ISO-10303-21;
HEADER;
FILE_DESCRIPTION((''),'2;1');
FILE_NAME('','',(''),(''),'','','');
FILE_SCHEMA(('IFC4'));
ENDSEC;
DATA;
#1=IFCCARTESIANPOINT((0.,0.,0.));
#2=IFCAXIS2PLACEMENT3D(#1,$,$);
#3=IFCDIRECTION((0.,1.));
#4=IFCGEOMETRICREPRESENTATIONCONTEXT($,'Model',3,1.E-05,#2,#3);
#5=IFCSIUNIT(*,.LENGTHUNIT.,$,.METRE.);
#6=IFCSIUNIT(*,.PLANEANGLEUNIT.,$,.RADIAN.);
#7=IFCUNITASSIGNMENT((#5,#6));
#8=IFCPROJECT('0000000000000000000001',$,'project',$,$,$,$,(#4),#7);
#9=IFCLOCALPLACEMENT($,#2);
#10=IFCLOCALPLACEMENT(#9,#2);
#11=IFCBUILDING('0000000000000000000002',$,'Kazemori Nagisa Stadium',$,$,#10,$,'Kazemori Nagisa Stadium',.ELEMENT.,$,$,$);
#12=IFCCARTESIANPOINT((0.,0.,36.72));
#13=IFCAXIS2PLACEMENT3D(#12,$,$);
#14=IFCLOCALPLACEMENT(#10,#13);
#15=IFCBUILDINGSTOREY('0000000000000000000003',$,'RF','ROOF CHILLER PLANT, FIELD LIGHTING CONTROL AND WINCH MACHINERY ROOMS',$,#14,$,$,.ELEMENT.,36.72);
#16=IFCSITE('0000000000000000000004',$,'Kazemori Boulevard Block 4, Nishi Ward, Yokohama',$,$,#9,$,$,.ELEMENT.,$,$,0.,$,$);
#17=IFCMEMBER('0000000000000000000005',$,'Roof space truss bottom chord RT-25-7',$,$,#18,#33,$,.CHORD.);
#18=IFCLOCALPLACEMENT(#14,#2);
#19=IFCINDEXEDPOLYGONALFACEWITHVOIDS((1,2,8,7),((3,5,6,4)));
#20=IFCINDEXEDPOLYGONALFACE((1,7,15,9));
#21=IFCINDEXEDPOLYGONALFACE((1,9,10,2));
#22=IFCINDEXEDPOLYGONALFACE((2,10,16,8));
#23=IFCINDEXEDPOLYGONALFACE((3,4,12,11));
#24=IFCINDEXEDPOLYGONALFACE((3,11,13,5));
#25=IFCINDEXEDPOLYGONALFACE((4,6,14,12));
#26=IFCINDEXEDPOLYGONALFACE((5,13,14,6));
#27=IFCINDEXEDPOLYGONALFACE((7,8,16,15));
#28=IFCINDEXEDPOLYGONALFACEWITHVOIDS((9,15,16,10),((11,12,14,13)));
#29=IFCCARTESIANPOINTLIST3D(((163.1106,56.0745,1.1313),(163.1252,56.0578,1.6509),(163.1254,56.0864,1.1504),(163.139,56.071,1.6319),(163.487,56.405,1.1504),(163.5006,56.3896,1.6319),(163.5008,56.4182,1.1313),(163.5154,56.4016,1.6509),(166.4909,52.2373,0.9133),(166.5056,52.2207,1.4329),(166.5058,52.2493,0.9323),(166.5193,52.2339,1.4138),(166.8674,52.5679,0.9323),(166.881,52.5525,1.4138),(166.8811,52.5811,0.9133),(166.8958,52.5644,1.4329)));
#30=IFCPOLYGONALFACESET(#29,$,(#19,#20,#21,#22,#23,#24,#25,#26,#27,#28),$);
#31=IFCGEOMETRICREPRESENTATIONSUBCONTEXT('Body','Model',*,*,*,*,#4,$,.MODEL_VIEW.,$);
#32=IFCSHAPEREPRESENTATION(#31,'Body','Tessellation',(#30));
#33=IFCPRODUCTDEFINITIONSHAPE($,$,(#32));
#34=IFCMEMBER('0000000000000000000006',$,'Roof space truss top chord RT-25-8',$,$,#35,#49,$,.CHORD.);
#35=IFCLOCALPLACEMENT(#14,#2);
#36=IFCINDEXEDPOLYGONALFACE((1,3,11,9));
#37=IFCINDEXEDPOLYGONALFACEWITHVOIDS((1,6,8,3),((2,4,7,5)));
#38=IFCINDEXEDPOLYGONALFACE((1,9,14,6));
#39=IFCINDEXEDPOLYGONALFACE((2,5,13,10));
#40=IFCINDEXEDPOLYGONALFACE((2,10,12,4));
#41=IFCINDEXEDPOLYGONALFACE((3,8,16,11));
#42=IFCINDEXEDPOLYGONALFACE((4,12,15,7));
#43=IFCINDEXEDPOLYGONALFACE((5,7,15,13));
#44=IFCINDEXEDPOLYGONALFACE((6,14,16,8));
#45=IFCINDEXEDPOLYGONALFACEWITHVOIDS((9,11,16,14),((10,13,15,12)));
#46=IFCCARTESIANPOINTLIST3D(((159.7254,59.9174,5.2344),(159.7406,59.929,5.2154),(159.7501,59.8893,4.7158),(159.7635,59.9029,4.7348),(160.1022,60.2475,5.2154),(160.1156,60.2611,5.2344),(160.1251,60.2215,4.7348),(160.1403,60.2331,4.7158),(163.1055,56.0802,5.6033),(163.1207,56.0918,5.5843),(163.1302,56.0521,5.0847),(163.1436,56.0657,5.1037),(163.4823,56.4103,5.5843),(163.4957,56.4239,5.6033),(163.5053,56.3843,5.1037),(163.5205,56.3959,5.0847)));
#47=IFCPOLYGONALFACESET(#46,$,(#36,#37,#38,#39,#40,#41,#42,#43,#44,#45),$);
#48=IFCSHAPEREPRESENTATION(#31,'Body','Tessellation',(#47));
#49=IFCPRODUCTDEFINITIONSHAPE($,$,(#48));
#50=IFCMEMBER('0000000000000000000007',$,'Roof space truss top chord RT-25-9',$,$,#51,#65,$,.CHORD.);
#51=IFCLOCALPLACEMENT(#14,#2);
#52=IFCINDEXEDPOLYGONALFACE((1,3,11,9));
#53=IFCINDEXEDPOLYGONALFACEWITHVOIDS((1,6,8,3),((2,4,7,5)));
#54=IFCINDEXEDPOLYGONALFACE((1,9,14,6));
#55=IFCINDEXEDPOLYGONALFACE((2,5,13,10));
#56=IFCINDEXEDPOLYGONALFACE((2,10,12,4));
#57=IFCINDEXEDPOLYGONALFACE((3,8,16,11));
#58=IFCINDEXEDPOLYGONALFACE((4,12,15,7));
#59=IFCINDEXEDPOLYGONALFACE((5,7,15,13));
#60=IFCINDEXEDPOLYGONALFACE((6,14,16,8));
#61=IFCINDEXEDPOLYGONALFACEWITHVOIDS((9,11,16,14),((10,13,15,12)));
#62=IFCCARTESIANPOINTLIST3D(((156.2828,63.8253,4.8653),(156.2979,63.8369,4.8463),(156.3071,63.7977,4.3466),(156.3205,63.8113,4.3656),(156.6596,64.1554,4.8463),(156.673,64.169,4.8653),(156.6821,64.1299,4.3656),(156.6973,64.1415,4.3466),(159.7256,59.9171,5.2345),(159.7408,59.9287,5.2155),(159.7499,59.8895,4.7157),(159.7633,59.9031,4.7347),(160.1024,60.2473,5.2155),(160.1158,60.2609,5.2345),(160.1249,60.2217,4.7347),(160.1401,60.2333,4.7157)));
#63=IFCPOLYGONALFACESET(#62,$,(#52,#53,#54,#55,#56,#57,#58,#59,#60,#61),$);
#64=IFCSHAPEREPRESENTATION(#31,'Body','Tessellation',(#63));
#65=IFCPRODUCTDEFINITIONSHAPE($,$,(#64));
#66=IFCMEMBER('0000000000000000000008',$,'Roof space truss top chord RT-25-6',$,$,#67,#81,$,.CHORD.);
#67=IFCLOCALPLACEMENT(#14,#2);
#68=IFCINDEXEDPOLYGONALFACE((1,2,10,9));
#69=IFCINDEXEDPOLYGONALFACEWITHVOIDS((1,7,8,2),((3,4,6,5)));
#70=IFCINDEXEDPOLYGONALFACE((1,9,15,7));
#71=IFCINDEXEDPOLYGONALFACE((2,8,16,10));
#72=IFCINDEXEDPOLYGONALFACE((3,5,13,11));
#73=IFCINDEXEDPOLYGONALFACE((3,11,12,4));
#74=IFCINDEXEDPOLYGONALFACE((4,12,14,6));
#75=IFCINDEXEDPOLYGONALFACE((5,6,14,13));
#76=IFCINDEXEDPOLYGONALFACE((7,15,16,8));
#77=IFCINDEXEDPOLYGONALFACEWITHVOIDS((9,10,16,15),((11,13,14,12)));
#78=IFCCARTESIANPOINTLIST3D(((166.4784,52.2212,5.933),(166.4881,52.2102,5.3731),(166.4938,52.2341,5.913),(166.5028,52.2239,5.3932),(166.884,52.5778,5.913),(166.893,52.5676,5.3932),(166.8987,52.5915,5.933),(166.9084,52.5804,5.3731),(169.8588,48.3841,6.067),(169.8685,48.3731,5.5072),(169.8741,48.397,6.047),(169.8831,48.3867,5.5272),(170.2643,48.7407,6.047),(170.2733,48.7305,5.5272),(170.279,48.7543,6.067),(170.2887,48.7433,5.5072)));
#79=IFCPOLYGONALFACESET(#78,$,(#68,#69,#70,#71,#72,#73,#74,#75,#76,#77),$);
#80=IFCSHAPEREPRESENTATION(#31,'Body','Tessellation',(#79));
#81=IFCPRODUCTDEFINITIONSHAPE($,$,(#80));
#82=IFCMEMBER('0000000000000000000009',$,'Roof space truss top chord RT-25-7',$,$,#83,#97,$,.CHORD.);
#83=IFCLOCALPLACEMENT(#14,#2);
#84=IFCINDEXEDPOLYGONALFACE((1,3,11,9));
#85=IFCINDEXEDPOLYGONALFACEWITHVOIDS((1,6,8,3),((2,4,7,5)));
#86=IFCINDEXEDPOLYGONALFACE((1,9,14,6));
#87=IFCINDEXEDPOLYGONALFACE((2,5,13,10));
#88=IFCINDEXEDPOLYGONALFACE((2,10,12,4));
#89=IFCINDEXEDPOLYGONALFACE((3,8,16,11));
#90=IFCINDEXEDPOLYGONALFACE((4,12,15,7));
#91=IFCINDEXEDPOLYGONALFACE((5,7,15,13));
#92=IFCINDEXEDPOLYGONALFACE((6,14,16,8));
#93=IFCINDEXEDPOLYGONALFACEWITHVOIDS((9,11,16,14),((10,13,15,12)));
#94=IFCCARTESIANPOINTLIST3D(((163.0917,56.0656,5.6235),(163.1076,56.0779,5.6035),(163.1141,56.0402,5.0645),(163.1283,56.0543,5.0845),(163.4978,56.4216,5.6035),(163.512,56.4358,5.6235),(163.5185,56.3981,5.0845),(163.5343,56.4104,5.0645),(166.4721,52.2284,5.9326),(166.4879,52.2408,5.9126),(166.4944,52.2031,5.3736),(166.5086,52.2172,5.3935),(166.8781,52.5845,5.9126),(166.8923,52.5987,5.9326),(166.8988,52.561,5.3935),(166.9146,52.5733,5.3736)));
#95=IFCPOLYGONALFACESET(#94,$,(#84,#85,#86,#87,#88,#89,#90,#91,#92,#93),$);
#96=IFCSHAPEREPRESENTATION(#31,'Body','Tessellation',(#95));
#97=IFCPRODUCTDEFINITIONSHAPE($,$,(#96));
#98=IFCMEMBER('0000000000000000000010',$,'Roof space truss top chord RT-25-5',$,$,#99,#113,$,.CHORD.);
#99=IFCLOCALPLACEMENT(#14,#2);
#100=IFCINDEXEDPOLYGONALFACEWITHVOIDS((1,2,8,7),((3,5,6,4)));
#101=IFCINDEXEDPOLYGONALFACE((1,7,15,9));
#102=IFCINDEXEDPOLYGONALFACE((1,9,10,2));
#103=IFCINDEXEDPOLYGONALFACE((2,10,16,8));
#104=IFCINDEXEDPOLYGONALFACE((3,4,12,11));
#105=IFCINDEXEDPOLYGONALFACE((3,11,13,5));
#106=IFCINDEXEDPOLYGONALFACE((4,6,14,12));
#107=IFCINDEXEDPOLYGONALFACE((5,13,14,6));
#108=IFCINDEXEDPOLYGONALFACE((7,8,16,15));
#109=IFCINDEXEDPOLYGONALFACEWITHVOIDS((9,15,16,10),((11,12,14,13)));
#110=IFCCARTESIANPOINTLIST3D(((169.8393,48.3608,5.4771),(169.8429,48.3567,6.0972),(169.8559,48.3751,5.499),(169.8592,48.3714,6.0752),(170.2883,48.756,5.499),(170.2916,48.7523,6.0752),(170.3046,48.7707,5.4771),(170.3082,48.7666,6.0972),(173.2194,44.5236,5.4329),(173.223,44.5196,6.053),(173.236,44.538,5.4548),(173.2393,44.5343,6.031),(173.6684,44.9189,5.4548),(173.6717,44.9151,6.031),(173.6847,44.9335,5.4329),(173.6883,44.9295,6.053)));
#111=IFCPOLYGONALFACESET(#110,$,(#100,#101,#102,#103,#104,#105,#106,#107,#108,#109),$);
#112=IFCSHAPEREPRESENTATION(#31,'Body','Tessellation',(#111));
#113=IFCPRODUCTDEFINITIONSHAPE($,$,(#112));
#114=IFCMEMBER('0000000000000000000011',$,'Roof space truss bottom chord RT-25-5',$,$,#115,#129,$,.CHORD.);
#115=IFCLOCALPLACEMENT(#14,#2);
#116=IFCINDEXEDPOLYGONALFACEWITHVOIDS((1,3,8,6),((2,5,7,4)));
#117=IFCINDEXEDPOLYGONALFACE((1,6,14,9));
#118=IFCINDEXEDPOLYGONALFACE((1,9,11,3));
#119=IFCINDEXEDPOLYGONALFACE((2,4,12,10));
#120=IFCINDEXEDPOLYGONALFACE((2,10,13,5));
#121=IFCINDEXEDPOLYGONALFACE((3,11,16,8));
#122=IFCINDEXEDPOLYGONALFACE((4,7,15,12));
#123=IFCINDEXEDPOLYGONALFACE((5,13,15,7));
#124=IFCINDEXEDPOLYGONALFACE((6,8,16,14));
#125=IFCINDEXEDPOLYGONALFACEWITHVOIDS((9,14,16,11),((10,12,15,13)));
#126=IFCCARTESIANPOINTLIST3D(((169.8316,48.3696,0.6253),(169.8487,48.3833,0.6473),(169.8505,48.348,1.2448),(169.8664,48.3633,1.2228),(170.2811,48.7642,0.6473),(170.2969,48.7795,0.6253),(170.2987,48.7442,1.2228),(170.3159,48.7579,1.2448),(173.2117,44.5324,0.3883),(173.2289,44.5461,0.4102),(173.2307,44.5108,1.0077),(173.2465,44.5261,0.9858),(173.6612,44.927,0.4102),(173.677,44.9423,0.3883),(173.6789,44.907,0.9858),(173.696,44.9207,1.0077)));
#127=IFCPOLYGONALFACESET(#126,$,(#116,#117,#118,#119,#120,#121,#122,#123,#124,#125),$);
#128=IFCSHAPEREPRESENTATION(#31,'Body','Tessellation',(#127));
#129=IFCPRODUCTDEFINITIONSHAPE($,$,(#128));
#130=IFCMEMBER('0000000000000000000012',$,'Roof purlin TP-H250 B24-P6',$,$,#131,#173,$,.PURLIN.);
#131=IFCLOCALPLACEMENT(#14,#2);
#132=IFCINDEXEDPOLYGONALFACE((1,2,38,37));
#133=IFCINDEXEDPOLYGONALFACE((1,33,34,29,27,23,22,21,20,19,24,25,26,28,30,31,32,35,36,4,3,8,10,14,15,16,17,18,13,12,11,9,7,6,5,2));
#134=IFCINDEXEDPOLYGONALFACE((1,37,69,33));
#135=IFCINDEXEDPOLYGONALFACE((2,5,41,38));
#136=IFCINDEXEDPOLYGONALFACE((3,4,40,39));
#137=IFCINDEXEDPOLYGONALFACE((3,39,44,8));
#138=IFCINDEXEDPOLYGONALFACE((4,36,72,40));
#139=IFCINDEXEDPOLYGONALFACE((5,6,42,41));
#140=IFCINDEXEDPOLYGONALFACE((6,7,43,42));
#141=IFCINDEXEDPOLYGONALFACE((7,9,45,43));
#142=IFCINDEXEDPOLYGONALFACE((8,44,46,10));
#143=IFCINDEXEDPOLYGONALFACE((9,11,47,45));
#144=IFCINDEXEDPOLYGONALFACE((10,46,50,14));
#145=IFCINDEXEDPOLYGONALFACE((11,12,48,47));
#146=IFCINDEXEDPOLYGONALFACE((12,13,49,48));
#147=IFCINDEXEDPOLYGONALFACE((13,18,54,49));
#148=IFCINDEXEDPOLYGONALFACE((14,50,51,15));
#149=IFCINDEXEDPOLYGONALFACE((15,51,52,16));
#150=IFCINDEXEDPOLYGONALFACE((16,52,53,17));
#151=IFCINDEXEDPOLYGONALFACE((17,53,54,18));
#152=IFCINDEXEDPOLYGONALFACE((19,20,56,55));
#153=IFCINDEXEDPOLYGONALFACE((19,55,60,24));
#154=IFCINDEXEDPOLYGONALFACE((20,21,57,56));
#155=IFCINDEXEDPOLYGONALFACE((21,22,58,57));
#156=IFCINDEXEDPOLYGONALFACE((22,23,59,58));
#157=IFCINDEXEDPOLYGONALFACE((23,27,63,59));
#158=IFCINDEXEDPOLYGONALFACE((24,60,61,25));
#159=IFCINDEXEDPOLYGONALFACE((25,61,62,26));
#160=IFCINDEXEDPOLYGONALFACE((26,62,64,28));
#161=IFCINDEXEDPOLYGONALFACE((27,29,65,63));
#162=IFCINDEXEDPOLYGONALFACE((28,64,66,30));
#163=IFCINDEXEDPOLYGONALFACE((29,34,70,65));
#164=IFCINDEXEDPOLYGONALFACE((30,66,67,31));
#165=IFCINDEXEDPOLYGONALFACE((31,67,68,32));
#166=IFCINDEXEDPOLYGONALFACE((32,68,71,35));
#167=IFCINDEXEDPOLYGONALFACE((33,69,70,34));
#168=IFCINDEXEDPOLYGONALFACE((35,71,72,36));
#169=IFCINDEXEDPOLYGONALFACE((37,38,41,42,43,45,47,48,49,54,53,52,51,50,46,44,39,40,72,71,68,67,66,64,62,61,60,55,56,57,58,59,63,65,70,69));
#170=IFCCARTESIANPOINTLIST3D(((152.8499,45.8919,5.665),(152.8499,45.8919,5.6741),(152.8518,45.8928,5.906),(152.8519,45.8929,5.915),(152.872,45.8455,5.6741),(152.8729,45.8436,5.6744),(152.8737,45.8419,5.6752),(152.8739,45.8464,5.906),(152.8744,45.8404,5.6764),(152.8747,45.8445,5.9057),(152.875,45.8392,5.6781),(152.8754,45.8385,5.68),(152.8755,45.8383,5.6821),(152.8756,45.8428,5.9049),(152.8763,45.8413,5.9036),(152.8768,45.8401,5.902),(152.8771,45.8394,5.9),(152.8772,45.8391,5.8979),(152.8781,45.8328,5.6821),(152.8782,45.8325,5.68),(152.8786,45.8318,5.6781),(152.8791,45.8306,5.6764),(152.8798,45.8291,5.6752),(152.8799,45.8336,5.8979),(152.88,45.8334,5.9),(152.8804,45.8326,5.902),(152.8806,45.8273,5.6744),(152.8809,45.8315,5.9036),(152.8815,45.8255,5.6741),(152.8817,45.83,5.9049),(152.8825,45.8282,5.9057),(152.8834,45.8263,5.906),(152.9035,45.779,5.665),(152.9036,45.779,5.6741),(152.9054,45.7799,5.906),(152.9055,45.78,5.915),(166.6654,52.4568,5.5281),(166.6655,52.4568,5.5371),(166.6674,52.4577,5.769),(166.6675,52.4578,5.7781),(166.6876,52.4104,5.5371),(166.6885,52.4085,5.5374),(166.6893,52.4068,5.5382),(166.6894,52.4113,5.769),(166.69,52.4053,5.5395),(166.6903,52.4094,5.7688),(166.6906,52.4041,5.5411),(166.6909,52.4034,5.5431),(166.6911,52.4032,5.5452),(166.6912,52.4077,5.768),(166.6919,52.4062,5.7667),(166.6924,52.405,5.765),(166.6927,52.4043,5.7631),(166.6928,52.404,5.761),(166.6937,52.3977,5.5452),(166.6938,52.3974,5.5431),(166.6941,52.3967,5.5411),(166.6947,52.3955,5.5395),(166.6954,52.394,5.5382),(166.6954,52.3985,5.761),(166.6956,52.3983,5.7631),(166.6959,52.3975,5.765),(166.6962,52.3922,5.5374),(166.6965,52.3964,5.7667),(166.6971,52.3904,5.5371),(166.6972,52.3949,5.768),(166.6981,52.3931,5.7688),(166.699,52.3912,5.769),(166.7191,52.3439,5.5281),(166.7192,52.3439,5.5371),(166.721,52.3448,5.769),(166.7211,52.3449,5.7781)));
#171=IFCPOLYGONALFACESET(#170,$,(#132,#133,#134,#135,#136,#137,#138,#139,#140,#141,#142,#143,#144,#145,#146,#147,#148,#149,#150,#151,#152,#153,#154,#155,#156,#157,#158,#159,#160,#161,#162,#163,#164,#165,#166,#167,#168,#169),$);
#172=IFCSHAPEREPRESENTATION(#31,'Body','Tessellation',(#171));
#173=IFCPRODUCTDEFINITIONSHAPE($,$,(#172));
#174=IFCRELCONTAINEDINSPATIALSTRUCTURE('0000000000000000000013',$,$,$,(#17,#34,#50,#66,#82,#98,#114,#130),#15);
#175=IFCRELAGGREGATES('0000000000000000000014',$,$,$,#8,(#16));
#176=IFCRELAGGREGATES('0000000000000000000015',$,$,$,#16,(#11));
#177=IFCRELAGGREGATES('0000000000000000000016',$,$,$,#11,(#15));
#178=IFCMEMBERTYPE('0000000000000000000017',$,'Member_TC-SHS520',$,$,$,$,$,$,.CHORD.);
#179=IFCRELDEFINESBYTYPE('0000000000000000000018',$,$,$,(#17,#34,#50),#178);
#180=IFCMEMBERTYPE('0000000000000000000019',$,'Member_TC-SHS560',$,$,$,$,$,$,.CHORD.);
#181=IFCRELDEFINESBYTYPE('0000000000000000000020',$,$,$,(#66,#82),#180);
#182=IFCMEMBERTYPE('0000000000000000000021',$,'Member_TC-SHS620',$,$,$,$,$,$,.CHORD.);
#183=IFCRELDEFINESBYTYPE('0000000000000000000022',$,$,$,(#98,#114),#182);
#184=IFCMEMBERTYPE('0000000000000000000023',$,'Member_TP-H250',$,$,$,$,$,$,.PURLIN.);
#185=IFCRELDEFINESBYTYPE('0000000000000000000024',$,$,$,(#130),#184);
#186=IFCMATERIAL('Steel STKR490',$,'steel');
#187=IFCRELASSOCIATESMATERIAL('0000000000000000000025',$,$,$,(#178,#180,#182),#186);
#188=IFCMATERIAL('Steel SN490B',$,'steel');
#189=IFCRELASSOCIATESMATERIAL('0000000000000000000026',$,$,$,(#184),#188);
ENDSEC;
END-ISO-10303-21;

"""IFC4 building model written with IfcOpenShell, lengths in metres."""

from ifc_helpers import new_model, si_unit, direction, frame, origin, origin_2d, place, context, subcontext, project, spatial, hollow_rectangle, i_section, extrude, material, material_profile, profile_set, type_object, element, save


model = new_model("IFC4")

# Units and contexts
model_context = context("Model", 3, precision=1e-05, world=origin(), true_north=direction((0.0, 1.0)))
body_context = subcontext(model_context, "Body", "Model", "MODEL_VIEW")
ifc_project = project(units=[si_unit("LENGTHUNIT", "METRE"), si_unit("PLANEANGLEUNIT", "RADIAN")], contexts=[model_context])

# Site, building, storey
site_placement = place(None, origin())
site = spatial("IfcSite", under=ifc_project, at=site_placement, Name="Kazemori Boulevard Block 4, Nishi Ward, Yokohama", CompositionType="ELEMENT", RefElevation=0.0)
building_placement = place(site_placement, origin())
building = spatial("IfcBuilding", under=site, at=building_placement, Name="Kazemori Nagisa Stadium", LongName="Kazemori Nagisa Stadium", CompositionType="ELEMENT")
storey_placement = place(building_placement, frame((0.0, 0.0, 36.72)))
storey = spatial("IfcBuildingStorey", under=building, at=storey_placement, Name="RF", Description="ROOF CHILLER PLANT, FIELD LIGHTING CONTROL AND WINCH MACHINERY ROOMS", CompositionType="ELEMENT", Elevation=36.72)

# Members
ifc_material_1 = material(Name="Steel STKR490", Category="steel")
ifc_material_profile_1 = material_profile(ifc_material_1, hollow_rectangle(XDim=0.52, YDim=0.52, WallThickness=0.019, at=origin_2d()), Name="SHS-520x520x19")
ifc_profile_set_1 = profile_set([ifc_material_profile_1], Name="Steel STKR490")
member_type_1 = type_object("IfcMemberType", Name="Member_TC-SHS520", PredefinedType="CHORD", material=ifc_profile_set_1)
member_1_placement = place(storey_placement, frame((166.6934, 52.4009, 1.1731), z_axis=(-0.660433, 0.749676, 0.042595), x_axis=(-0.750357, -0.661032, 0.0)))
element("IfcMember", 1, at=member_1_placement, inside=storey, type_object=member_type_1, Name="Roof space truss bottom chord RT-25-7", PredefinedType="CHORD", context=body_context, shape_type="SweptSolid", body=[
    extrude(hollow_rectangle(XDim=0.52, YDim=0.52, WallThickness=0.019, at=origin_2d()), origin(), (0.0, 0.0, 1.0), 5.1184),
])
member_2_placement = place(storey_placement, frame((163.313, 56.238, 5.344), z_axis=(-0.659292, 0.748436, -0.071953), x_axis=(-0.750381, -0.661006, 0.0)))
element("IfcMember", 2, at=member_2_placement, inside=storey, type_object=member_type_1, Name="Roof space truss top chord RT-25-8", PredefinedType="CHORD", context=body_context, shape_type="SweptSolid", body=[
    extrude(hollow_rectangle(XDim=0.52, YDim=0.52, WallThickness=0.019, at=origin_2d()), origin(), (0.0, 0.0, 1.0), 5.127),
])
member_3_placement = place(storey_placement, frame((159.9329, 60.0752, 4.9751), z_axis=(-0.659369, 0.748488, -0.070697), x_axis=(-0.750366, -0.661023, 0.0)))
element("IfcMember", 3, at=member_3_placement, inside=storey, type_object=member_type_1, Name="Roof space truss top chord RT-25-9", PredefinedType="CHORD", context=body_context, shape_type="SweptSolid", body=[
    extrude(hollow_rectangle(XDim=0.52, YDim=0.52, WallThickness=0.019, at=origin_2d()), origin(), (0.0, 0.0, 1.0), 5.2214),
])
ifc_material_profile_2 = material_profile(ifc_material_1, hollow_rectangle(XDim=0.5601, YDim=0.5601, WallThickness=0.02, at=origin_2d()), Name="SHS-560x560x20")
ifc_profile_set_2 = profile_set([ifc_material_profile_2], Name="Steel STKR490")
member_type_2 = type_object("IfcMemberType", Name="Member_TC-SHS560", PredefinedType="CHORD", material=ifc_profile_set_2)
member_4_placement = place(storey_placement, frame((170.0737, 48.5637, 5.7871), z_axis=(-0.660806, 0.7501, -0.026201), x_axis=(-0.750357, -0.661032, 0.0)))
element("IfcMember", 4, at=member_4_placement, inside=storey, type_object=member_type_2, Name="Roof space truss top chord RT-25-6", PredefinedType="CHORD", context=body_context, shape_type="SweptSolid", body=[
    extrude(hollow_rectangle(XDim=0.5601, YDim=0.5601, WallThickness=0.02, at=origin_2d()), origin(), (0.0, 0.0, 1.0), 5.1155),
])
member_5_placement = place(storey_placement, frame((166.6934, 52.4009, 5.6531), z_axis=(-0.659828, 0.74899, -0.060331), x_axis=(-0.750357, -0.661032, 0.0)))
element("IfcMember", 5, at=member_5_placement, inside=storey, type_object=member_type_2, Name="Roof space truss top chord RT-25-7", PredefinedType="CHORD", context=body_context, shape_type="SweptSolid", body=[
    extrude(hollow_rectangle(XDim=0.5601, YDim=0.5601, WallThickness=0.02, at=origin_2d()), origin(), (0.0, 0.0, 1.0), 5.123),
])
ifc_material_profile_3 = material_profile(ifc_material_1, hollow_rectangle(XDim=0.6201, YDim=0.6201, WallThickness=0.022, at=origin_2d()), Name="SHS-620x620x22")
ifc_profile_set_3 = profile_set([ifc_material_profile_3], Name="Steel STKR490")
member_type_3 = type_object("IfcMemberType", Name="Member_TC-SHS620", PredefinedType="CHORD", material=ifc_profile_set_3)
member_6_placement = place(storey_placement, frame((173.4539, 44.7266, 5.7429), z_axis=(-0.660981, 0.750353, 0.008641), x_axis=(-0.750381, -0.661006, 0.0)))
element("IfcMember", 6, at=member_6_placement, inside=storey, type_object=member_type_3, Name="Roof space truss top chord RT-25-5", PredefinedType="CHORD", context=body_context, shape_type="SweptSolid", body=[
    extrude(hollow_rectangle(XDim=0.6201, YDim=0.6201, WallThickness=0.022, at=origin_2d()), origin(), (0.0, 0.0, 1.0), 5.1138),
])
member_7_placement = place(storey_placement, frame((173.4539, 44.7266, 0.698), z_axis=(-0.660296, 0.749576, 0.046309), x_axis=(-0.750381, -0.661006, 0.0)))
element("IfcMember", 7, at=member_7_placement, inside=storey, type_object=member_type_3, Name="Roof space truss bottom chord RT-25-5", PredefinedType="CHORD", context=body_context, shape_type="SweptSolid", body=[
    extrude(hollow_rectangle(XDim=0.6201, YDim=0.6201, WallThickness=0.022, at=origin_2d()), origin(), (0.0, 0.0, 1.0), 5.1191),
])
ifc_material_2 = material(Name="Steel SN490B", Category="steel")
ifc_material_profile_4 = material_profile(ifc_material_2, i_section(OverallWidth=0.125, OverallDepth=0.25, WebThickness=0.0061, FlangeThickness=0.009, FilletRadius=0.0081, at=origin_2d()), Name="H-250x125x6x9")
ifc_profile_set_4 = profile_set([ifc_material_profile_4], Name="Steel SN490B")
member_type_4 = type_object("IfcMemberType", Name="Member_TP-H250", PredefinedType="PURLIN", material=ifc_profile_set_4)
member_8_placement = place(storey_placement, frame((152.8777, 45.8359, 5.79), z_axis=(0.903178, 0.429173, -0.008954), x_axis=(-0.42919, 0.903214, 0.0)))
element("IfcMember", 8, at=member_8_placement, inside=storey, type_object=member_type_4, Name="Roof purlin TP-H250 B24-P6", PredefinedType="PURLIN", context=body_context, shape_type="SweptSolid", body=[
    extrude(i_section(OverallWidth=0.125, OverallDepth=0.25, WebThickness=0.0061, FlangeThickness=0.009, FilletRadius=0.0081, at=origin_2d()), origin(), (0.0, 0.0, 1.0), 15.2966),
])

save(model, "model.ifc")
